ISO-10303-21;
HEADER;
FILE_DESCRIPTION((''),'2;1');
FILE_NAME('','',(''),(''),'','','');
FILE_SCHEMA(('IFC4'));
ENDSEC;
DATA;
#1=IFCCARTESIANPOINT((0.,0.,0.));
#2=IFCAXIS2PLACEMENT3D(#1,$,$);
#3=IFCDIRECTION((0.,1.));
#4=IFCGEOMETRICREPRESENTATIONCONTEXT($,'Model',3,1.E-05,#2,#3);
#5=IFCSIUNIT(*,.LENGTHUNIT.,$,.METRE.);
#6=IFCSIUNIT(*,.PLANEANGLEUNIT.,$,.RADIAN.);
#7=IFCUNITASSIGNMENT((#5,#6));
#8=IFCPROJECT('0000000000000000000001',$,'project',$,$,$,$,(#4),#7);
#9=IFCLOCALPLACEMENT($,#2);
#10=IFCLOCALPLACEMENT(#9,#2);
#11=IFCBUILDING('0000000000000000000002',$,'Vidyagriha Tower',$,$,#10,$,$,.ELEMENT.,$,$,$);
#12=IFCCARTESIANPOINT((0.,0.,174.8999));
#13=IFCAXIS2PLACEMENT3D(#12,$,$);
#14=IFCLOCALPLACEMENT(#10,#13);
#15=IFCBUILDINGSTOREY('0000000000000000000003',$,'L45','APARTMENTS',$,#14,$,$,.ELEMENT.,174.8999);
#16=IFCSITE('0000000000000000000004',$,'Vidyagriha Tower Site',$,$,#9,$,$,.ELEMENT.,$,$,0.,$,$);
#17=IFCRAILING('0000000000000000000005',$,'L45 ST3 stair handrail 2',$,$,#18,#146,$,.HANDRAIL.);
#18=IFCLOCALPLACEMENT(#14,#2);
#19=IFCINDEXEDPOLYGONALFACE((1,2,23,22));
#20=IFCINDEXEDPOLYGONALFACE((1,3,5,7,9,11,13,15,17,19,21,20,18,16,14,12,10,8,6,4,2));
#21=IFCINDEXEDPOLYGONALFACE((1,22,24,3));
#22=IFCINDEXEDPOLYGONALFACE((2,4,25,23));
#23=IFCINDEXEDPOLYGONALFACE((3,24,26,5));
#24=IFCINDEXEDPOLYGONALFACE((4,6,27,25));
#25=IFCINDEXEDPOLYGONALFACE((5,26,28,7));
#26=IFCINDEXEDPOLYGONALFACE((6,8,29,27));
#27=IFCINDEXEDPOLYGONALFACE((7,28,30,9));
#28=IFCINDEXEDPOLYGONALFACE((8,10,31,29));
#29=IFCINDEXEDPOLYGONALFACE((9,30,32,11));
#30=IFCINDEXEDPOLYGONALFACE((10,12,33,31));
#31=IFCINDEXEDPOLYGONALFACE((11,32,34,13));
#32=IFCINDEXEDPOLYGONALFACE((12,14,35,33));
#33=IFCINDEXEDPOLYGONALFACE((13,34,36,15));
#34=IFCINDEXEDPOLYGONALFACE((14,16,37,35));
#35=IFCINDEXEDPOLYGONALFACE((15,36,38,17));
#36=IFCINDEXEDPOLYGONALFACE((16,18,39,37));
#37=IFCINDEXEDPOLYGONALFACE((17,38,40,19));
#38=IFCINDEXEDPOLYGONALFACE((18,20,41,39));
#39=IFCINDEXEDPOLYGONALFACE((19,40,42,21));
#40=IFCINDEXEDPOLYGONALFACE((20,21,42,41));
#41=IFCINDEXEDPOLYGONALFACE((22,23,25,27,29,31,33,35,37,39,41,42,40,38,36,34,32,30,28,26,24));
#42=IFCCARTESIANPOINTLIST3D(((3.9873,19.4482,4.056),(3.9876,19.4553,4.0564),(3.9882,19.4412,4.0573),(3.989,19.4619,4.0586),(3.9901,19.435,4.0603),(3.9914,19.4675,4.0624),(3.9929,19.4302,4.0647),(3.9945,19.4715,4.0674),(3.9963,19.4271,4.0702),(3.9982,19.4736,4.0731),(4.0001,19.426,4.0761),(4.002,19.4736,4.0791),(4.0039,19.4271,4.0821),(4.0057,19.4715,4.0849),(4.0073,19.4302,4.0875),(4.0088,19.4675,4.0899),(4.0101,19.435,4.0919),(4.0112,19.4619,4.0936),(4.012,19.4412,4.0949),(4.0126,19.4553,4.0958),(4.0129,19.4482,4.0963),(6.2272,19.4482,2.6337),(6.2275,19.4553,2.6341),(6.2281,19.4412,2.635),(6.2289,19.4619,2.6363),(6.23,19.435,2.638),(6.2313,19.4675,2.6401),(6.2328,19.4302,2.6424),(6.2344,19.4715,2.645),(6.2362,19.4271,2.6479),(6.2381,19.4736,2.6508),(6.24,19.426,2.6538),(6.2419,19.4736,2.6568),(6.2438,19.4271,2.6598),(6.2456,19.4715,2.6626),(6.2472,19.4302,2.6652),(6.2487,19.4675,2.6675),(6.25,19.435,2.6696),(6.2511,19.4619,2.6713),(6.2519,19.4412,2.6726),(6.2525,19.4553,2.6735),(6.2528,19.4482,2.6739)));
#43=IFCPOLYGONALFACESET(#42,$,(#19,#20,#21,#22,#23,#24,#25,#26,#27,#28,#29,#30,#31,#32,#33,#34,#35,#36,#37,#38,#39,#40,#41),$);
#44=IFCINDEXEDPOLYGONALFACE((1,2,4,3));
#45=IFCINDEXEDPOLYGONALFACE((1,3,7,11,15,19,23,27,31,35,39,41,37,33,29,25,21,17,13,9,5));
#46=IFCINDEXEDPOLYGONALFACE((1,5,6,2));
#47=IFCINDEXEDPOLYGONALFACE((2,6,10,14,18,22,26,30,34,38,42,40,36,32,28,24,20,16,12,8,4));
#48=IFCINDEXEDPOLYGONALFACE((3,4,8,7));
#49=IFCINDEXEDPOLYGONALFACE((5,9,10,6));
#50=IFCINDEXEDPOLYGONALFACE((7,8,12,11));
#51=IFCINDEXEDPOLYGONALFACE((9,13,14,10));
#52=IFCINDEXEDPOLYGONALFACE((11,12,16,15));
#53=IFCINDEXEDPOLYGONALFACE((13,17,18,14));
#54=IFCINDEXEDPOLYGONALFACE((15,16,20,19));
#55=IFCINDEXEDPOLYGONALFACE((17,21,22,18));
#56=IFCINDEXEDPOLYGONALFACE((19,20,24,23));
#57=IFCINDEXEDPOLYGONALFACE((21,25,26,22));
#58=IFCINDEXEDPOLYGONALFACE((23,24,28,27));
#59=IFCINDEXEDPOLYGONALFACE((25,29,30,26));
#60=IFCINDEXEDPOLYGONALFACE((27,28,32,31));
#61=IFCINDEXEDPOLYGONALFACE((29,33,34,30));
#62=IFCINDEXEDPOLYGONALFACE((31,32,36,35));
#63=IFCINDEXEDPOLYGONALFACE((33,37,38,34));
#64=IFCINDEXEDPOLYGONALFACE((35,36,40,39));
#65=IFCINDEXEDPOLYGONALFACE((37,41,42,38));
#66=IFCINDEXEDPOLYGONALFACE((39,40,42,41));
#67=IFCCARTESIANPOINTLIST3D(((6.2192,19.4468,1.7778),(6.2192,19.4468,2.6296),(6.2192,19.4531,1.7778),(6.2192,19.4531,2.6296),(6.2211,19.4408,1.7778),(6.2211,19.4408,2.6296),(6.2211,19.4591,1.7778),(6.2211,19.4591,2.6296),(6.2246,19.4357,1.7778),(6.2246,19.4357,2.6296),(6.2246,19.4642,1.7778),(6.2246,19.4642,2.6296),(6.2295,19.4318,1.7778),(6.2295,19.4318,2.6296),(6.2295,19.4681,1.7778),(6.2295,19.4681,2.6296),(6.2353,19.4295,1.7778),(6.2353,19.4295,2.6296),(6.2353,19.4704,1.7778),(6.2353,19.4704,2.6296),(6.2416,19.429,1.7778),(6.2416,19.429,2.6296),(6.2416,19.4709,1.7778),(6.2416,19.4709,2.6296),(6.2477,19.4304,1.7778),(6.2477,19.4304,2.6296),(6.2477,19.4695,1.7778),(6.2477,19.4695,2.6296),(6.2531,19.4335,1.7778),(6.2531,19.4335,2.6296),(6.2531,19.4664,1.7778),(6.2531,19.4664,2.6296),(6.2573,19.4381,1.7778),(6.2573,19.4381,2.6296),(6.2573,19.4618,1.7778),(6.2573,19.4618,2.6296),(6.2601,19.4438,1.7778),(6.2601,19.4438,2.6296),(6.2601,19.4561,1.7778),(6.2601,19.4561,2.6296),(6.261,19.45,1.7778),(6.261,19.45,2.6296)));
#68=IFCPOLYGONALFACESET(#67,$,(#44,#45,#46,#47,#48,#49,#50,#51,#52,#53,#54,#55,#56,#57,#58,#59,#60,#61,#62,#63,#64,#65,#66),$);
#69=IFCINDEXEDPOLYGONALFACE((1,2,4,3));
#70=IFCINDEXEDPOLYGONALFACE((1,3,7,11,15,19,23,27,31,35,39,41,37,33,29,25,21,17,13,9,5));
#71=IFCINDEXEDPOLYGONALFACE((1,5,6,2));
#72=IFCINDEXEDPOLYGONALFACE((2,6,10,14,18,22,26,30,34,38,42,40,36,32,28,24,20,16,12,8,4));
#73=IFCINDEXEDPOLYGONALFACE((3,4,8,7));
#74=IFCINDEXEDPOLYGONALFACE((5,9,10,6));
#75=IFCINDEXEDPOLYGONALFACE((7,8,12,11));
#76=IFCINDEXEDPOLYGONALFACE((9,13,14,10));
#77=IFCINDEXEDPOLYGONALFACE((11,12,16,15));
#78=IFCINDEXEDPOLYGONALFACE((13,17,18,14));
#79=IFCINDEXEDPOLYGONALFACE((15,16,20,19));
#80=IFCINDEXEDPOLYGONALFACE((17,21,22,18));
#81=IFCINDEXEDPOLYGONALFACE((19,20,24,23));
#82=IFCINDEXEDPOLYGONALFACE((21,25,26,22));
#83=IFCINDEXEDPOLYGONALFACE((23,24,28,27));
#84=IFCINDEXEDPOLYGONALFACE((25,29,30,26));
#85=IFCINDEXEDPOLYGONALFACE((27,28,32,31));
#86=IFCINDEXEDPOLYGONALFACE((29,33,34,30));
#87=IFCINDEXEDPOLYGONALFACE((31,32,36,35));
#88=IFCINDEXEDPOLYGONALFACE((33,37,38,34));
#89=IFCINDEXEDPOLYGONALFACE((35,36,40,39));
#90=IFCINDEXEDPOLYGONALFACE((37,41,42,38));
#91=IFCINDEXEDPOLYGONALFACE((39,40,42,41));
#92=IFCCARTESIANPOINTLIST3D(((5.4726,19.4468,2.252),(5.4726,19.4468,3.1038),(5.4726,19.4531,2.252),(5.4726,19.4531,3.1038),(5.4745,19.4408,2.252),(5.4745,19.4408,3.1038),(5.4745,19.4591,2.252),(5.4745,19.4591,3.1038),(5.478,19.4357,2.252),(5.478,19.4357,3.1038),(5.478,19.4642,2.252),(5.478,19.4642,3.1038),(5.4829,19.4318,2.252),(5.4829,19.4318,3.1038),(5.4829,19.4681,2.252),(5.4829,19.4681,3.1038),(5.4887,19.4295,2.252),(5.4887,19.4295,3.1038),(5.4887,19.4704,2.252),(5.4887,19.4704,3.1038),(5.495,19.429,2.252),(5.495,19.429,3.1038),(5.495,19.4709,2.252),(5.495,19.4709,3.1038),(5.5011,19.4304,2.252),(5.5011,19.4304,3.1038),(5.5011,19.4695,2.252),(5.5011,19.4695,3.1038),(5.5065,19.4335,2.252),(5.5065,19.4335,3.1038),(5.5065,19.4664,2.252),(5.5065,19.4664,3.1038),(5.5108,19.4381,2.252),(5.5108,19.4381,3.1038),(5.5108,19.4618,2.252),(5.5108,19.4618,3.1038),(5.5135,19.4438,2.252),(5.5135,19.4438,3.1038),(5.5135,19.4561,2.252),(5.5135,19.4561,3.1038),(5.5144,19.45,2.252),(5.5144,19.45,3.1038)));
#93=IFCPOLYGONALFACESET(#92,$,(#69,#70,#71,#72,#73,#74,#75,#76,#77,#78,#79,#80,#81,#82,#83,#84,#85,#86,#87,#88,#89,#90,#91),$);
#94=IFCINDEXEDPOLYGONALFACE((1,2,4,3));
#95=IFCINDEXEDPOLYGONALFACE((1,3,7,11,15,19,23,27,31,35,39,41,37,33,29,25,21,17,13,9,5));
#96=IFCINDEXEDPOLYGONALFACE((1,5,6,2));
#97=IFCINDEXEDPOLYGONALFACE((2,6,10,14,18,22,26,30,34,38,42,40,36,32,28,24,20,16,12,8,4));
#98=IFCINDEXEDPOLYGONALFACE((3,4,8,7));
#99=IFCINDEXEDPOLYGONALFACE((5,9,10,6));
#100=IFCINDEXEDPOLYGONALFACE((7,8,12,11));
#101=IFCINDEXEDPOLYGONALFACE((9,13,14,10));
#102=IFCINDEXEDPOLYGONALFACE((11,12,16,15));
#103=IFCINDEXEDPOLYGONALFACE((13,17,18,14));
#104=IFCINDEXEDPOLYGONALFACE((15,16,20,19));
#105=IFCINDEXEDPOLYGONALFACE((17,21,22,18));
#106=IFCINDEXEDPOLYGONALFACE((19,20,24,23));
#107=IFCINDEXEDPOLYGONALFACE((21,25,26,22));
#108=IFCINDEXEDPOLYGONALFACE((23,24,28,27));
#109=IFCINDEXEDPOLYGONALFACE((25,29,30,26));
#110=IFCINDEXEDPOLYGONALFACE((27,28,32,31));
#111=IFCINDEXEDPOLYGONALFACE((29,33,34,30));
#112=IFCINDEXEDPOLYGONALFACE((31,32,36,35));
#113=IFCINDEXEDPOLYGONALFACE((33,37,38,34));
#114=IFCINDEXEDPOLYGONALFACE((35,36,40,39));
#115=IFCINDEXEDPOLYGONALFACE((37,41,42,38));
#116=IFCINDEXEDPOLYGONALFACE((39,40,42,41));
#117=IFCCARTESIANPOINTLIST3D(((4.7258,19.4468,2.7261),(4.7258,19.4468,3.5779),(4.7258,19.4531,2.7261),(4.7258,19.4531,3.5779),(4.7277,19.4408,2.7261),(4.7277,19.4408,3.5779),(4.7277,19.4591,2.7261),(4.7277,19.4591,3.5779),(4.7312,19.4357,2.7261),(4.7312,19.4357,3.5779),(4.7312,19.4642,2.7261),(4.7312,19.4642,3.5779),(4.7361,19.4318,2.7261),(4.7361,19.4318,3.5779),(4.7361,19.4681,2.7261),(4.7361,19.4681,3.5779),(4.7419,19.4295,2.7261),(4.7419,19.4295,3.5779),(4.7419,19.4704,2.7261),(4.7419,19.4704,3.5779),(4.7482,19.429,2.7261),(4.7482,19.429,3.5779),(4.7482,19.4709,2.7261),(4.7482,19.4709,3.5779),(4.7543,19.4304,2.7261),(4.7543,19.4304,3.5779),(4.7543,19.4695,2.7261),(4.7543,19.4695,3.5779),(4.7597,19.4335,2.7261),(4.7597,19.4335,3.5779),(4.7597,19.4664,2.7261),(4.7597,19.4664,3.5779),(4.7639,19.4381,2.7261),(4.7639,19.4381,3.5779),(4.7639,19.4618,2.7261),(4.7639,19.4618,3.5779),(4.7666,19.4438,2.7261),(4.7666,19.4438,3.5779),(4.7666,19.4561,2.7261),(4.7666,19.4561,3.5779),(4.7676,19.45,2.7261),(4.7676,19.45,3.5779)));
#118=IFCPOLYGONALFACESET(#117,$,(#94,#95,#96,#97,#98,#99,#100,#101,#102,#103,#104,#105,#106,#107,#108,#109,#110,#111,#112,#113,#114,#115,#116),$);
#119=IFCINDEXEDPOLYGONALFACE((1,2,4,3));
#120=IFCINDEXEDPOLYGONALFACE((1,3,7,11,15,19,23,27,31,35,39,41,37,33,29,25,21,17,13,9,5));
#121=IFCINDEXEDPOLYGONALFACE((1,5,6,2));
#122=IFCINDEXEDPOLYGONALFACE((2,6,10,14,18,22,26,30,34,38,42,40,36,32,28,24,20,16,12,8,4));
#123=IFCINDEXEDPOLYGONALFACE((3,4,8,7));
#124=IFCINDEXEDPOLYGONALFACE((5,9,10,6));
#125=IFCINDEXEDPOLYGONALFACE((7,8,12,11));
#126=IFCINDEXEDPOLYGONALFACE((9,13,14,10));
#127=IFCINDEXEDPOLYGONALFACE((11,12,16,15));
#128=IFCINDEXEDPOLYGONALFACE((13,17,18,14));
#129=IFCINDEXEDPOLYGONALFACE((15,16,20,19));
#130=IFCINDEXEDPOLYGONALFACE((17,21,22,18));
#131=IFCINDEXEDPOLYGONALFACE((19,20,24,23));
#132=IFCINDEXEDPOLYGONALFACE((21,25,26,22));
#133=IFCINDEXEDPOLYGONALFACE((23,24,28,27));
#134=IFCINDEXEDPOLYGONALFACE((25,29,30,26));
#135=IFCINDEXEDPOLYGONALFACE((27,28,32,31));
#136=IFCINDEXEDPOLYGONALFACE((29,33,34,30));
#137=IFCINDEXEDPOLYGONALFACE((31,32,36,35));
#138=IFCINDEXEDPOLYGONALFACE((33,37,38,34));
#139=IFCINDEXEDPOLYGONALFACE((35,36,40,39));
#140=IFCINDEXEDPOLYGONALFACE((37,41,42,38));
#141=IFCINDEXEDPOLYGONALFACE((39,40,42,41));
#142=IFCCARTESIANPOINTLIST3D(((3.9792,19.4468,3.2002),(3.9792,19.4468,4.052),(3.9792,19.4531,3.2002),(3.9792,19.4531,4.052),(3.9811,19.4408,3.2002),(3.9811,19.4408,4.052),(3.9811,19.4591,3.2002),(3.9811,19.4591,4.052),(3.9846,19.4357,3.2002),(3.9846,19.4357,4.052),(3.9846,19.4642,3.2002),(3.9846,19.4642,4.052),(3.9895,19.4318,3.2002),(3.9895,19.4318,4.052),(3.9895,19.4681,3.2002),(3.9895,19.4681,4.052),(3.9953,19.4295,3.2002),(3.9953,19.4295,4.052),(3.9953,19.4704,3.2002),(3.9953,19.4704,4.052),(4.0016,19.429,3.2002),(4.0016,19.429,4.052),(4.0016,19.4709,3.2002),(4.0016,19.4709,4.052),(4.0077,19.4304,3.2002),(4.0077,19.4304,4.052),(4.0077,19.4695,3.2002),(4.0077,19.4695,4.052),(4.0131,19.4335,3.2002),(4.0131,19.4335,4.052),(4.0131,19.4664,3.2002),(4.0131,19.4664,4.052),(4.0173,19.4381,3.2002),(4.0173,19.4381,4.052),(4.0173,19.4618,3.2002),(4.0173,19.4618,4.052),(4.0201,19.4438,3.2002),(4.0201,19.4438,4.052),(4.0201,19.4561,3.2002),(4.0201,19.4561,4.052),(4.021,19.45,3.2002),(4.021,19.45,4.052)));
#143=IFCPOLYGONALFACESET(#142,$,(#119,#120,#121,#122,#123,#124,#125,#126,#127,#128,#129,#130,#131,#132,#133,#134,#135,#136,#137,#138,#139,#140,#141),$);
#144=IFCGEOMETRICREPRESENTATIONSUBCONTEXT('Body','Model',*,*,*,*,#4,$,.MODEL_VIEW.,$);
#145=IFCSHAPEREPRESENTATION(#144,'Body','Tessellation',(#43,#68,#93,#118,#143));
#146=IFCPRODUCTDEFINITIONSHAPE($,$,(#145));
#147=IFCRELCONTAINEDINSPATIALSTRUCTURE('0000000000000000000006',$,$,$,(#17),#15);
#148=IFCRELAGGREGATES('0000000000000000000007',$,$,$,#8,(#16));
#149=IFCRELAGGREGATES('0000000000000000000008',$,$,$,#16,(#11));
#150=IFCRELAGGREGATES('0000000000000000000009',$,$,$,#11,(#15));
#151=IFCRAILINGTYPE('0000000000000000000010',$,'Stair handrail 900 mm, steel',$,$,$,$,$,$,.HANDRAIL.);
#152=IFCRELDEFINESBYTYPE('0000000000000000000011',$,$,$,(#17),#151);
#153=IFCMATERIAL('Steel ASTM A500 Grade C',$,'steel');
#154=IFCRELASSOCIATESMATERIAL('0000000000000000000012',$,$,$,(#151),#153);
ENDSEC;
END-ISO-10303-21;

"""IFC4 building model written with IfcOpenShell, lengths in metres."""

from ifc_helpers import new_model, si_unit, direction, frame, origin, origin_2d, place, context, subcontext, project, spatial, circle, extrude, material, type_object, element, save


model = new_model("IFC4")

# Units and contexts
model_context = context("Model", 3, precision=1e-05, world=origin(), true_north=direction((0.0, 1.0)))
body_context = subcontext(model_context, "Body", "Model", "MODEL_VIEW")
ifc_project = project(units=[si_unit("LENGTHUNIT", "METRE"), si_unit("PLANEANGLEUNIT", "RADIAN")], contexts=[model_context])

# Site, building, storey
site_placement = place(None, origin())
site = spatial("IfcSite", under=ifc_project, at=site_placement, Name="Vidyagriha Tower Site", CompositionType="ELEMENT", RefElevation=0.0)
building_placement = place(site_placement, origin())
building = spatial("IfcBuilding", under=site, at=building_placement, Name="Vidyagriha Tower", CompositionType="ELEMENT")
storey_placement = place(building_placement, frame((0.0, 0.0, 174.8999)))
storey = spatial("IfcBuildingStorey", under=building, at=storey_placement, Name="L45", Description="APARTMENTS", CompositionType="ELEMENT", Elevation=174.8999)

# Railing
ifc_material_1 = material(Name="Steel ASTM A500 Grade C", Category="steel")
railing_type_1 = type_object("IfcRailingType", Name="Stair handrail 900 mm, steel", PredefinedType="HANDRAIL", material=ifc_material_1)
railing_1_placement = place(storey_placement, frame((6.24, 19.45, 1.7778)))
element("IfcRailing", 1, at=railing_1_placement, inside=storey, type_object=railing_type_1, Name="L45 ST3 stair handrail 2", PredefinedType="HANDRAIL", context=body_context, shape_type="SweptSolid", body=[
    extrude(circle(Radius=0.0239, at=origin_2d()), frame((0.0, 0.0, 0.876), z_axis=(-0.844188, 0.0, 0.536048), x_axis=(0.0, -1.0, 0.0)), (0.0, 0.0, 1.0), 2.6533),
    extrude(circle(Radius=0.021, at=origin_2d()), origin(), (0.0, 0.0, 1.0), 0.8518),
    extrude(circle(Radius=0.021, at=origin_2d()), frame((-0.7466, 0.0, 0.4741)), (0.0, 0.0, 1.0), 0.8518),
    extrude(circle(Radius=0.021, at=origin_2d()), frame((-1.4934, 0.0, 0.9482)), (0.0, 0.0, 1.0), 0.8518),
    extrude(circle(Radius=0.021, at=origin_2d()), frame((-2.24, 0.0, 1.4224)), (0.0, 0.0, 1.0), 0.8518),
])

save(model, "model.ifc")
